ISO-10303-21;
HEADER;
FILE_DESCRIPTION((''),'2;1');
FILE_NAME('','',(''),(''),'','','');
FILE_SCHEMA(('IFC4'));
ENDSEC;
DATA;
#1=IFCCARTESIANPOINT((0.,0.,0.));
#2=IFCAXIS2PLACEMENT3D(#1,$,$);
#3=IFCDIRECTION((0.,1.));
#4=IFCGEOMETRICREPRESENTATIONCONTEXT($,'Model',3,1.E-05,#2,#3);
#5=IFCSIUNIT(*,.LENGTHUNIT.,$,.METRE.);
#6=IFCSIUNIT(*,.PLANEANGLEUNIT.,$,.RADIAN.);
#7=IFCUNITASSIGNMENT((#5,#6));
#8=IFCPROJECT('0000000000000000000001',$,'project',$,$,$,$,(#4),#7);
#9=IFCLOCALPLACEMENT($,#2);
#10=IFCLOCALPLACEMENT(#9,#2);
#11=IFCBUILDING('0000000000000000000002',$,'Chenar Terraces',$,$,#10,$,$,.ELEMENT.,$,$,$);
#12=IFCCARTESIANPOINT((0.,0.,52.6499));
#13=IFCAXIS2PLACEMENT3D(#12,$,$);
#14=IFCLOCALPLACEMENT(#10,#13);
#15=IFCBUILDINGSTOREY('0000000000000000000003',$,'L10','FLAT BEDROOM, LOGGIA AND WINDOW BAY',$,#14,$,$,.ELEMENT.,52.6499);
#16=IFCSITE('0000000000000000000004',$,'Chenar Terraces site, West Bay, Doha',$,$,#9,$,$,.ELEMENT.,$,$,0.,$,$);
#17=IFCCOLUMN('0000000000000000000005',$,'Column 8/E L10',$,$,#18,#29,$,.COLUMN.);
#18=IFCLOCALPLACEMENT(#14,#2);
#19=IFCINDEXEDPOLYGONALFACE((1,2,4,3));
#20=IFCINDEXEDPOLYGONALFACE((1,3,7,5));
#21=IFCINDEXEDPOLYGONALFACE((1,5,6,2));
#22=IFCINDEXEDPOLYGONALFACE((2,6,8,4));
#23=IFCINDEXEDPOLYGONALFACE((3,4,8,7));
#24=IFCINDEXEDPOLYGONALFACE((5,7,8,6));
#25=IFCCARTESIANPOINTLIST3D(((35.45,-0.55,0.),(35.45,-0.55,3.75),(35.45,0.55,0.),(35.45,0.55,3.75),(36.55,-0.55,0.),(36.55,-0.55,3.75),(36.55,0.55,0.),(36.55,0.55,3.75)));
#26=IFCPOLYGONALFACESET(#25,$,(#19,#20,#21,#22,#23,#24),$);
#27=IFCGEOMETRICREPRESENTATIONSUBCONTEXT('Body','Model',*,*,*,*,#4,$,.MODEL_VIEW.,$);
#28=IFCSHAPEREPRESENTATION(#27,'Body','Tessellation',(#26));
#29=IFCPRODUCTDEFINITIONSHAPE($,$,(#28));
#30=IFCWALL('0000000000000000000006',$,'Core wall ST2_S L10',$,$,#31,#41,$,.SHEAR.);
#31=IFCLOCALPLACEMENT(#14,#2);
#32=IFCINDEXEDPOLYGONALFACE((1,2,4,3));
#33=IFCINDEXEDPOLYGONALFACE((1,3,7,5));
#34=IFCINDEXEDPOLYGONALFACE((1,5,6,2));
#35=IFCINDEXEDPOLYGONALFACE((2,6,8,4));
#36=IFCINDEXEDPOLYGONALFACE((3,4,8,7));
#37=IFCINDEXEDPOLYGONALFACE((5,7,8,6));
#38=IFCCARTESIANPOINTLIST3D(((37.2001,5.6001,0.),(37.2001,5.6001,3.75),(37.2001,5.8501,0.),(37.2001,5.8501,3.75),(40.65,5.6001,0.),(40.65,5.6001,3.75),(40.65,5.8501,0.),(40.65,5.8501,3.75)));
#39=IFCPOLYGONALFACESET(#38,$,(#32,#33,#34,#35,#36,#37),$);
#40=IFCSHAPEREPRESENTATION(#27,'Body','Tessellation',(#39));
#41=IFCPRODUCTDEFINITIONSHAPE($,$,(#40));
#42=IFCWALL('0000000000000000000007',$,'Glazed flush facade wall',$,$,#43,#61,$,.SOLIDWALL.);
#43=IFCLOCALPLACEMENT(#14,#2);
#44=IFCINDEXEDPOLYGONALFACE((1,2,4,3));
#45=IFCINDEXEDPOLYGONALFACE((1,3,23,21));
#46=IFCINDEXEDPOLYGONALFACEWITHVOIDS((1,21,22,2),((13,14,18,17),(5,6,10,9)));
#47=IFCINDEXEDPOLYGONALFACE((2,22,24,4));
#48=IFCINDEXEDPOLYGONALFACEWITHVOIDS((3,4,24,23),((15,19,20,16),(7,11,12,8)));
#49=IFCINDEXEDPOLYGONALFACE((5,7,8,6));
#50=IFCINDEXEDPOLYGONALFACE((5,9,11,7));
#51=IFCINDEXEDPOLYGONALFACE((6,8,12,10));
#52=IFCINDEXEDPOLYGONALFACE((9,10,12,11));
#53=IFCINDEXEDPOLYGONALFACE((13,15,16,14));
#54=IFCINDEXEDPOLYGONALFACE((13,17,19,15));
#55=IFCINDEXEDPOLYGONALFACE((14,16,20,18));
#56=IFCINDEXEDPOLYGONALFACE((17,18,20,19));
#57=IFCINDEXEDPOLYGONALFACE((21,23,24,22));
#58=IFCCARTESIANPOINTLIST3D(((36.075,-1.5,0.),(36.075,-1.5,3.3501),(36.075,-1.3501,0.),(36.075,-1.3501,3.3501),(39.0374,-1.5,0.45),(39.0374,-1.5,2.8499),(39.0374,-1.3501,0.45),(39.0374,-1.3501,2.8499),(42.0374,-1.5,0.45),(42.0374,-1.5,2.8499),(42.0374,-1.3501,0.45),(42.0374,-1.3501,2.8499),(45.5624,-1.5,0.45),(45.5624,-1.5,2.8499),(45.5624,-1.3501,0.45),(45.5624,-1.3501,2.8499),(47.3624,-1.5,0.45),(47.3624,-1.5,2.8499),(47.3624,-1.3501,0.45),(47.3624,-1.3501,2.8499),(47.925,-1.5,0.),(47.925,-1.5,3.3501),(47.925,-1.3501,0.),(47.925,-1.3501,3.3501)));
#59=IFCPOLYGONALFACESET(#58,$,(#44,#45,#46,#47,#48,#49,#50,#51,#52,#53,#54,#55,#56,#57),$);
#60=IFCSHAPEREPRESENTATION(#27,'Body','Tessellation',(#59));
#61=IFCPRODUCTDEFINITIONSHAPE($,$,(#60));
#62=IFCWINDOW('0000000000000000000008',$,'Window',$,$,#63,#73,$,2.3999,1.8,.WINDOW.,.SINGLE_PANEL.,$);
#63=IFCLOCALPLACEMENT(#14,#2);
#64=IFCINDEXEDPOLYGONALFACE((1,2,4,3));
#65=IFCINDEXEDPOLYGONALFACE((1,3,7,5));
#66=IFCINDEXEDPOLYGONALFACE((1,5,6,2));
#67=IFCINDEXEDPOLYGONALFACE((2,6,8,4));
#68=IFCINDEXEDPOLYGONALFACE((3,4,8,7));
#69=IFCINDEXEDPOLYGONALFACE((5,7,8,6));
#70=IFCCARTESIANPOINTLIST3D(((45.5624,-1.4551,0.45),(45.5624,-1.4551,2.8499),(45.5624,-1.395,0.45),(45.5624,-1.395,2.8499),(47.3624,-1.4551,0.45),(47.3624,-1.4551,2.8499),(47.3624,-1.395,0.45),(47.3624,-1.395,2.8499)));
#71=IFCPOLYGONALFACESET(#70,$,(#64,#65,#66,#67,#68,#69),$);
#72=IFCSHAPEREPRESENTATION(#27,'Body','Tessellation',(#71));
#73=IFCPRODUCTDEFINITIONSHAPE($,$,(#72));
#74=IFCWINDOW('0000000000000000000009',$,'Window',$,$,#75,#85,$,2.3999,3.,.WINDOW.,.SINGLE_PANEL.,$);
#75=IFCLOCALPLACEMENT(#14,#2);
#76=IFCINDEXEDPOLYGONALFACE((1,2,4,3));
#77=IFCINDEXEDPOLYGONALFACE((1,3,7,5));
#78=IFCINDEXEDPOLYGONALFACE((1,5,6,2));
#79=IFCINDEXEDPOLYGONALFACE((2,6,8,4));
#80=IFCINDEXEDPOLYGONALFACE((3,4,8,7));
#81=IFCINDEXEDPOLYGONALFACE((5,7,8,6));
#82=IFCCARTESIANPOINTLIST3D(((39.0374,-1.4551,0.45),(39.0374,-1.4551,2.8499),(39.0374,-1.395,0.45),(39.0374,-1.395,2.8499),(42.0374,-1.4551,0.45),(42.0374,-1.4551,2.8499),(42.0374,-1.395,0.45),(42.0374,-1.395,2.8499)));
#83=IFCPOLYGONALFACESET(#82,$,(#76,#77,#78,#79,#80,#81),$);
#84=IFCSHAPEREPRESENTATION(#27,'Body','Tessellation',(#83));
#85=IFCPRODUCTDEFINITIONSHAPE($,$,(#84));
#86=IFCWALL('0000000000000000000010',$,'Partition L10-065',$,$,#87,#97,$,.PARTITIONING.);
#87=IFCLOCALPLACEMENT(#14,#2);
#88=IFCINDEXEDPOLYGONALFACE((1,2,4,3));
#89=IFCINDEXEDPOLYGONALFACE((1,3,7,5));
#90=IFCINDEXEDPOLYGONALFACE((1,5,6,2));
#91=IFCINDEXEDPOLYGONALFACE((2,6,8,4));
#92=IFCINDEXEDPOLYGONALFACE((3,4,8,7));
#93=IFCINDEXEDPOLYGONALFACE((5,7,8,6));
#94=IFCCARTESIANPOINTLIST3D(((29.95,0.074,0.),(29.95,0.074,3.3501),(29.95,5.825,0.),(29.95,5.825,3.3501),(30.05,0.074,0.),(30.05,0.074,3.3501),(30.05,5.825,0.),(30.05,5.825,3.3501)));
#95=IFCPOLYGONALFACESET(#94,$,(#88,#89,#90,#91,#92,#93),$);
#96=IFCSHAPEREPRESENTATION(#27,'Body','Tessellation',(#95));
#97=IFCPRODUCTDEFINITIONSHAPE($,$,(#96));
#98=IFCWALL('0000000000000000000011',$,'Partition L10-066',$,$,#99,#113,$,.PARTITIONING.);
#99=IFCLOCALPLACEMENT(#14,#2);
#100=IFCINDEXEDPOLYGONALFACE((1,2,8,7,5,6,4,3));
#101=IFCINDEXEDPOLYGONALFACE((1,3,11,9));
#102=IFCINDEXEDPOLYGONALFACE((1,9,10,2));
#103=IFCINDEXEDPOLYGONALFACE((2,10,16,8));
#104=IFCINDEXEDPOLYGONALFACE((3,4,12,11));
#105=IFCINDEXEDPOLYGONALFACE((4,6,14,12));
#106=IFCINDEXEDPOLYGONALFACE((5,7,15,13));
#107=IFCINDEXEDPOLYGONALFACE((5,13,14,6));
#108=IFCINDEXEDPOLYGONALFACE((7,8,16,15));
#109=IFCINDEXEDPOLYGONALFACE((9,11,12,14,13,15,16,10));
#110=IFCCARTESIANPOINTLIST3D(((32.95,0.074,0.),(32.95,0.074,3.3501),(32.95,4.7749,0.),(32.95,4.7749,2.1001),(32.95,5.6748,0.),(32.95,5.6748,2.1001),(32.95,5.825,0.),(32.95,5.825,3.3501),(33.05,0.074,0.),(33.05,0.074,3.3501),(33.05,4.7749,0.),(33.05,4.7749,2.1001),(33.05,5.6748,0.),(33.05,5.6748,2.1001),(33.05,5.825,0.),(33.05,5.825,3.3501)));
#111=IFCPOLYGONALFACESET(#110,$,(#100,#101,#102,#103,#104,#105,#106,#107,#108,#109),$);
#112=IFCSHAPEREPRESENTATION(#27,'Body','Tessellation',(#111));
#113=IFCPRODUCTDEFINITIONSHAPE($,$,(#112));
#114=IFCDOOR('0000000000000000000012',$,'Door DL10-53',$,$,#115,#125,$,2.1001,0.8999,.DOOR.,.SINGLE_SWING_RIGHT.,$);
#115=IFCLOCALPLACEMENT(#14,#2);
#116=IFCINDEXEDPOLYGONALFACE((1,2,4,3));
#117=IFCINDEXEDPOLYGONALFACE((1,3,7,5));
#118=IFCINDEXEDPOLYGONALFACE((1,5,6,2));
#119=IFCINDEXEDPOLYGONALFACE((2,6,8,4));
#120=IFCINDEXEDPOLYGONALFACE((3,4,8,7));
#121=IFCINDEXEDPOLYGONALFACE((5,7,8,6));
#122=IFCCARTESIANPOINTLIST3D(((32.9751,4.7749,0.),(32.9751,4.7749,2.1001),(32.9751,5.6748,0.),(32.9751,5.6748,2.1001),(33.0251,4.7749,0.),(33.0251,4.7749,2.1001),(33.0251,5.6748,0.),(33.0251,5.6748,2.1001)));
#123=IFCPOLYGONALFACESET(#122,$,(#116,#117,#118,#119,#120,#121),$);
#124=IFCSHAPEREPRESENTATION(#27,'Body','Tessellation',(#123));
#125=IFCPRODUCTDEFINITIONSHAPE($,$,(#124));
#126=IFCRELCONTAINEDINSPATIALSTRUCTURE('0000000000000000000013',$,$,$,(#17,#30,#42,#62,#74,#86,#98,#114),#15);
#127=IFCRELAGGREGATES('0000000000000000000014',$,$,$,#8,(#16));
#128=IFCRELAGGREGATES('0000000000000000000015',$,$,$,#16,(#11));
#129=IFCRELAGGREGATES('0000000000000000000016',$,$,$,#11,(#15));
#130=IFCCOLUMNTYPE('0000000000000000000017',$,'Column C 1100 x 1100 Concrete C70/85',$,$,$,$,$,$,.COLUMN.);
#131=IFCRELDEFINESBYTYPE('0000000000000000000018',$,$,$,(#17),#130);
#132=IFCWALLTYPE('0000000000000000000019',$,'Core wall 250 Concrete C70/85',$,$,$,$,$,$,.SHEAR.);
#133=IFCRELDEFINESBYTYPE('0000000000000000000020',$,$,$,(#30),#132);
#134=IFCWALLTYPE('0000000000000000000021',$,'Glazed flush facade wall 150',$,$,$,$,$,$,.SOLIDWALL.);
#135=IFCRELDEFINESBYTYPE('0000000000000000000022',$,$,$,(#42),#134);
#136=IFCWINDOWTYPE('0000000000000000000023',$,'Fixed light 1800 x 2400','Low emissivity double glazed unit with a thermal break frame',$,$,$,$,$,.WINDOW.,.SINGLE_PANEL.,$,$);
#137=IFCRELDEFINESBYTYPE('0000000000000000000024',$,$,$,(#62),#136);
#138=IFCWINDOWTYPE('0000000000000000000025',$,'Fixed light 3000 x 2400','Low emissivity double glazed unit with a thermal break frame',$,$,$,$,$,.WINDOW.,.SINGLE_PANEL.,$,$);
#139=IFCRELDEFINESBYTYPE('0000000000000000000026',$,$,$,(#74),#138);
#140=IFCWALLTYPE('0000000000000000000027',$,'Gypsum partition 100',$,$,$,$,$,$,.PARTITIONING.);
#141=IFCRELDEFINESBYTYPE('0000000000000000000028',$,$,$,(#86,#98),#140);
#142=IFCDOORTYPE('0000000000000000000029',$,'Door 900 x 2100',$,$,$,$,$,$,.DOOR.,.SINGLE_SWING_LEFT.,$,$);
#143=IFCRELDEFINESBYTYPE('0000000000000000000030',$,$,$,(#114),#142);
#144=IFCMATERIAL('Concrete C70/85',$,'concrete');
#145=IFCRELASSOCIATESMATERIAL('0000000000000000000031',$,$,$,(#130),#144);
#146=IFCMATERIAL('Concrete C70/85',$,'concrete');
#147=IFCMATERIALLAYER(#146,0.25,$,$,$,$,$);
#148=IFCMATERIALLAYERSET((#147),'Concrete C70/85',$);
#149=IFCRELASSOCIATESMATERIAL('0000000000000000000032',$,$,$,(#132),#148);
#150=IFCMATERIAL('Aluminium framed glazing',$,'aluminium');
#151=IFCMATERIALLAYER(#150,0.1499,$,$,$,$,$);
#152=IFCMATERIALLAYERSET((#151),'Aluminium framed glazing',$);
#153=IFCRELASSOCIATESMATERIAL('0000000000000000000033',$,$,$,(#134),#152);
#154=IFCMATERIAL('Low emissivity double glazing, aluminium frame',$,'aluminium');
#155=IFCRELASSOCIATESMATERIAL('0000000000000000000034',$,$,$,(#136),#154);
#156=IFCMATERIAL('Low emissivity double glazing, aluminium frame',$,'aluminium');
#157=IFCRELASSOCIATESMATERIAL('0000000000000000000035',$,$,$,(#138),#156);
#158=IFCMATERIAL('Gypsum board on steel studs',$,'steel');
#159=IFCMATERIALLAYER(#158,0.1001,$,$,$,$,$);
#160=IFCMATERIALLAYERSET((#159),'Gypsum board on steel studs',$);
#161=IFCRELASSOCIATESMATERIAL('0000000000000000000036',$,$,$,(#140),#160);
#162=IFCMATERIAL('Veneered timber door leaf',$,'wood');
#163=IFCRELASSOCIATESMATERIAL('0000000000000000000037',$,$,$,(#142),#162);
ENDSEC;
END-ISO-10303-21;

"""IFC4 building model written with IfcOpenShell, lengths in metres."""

from ifc_helpers import new_model, si_unit, direction, frame, frame_2d, origin, origin_2d, place, context, subcontext, project, spatial, rectangle, extrude, material, layer, layer_set, material_profile, profile_set, type_object, element, fill, save


model = new_model("IFC4")

# Units and contexts
model_context = context("Model", 3, precision=1e-05, world=origin(), true_north=direction((0.0, 1.0)))
body_context = subcontext(model_context, "Body", "Model", "MODEL_VIEW")
ifc_project = project(units=[si_unit("LENGTHUNIT", "METRE"), si_unit("PLANEANGLEUNIT", "RADIAN")], contexts=[model_context])

# Site, building, storey
site_placement = place(None, origin())
site = spatial("IfcSite", under=ifc_project, at=site_placement, Name="Chenar Terraces site, West Bay, Doha", CompositionType="ELEMENT", RefElevation=0.0)
building_placement = place(site_placement, origin())
building = spatial("IfcBuilding", under=site, at=building_placement, Name="Chenar Terraces", CompositionType="ELEMENT")
storey_placement = place(building_placement, frame((0.0, 0.0, 52.6499)))
storey = spatial("IfcBuildingStorey", under=building, at=storey_placement, Name="L10", Description="FLAT BEDROOM, LOGGIA AND WINDOW BAY", CompositionType="ELEMENT", Elevation=52.6499)

# Column
ifc_material_1 = material(Name="Concrete C70/85", Category="concrete")
ifc_material_profile = material_profile(ifc_material_1, rectangle(XDim=1.1001, YDim=1.1001, at=origin_2d()), Name="C 1100 x 1100")
ifc_profile_set = profile_set([ifc_material_profile], Name="Concrete C70/85")
column_type = type_object("IfcColumnType", Name="Column C 1100 x 1100 Concrete C70/85", PredefinedType="COLUMN", material=ifc_profile_set)
column_placement = place(storey_placement, frame((36.0, 0.0, 0.0), z_axis=(0.0, 0.0, 1.0), x_axis=(1.0, 0.0, 0.0)))
element("IfcColumn", 1, at=column_placement, inside=storey, type_object=column_type, Name="Column 8/E L10", PredefinedType="COLUMN", context=body_context, shape_type="SweptSolid", body=[
    extrude(rectangle(XDim=1.1001, YDim=1.1001, at=origin_2d()), origin(), (0.0, 0.0, 1.0), 3.75),
])

# Wall
ifc_material_2 = material(Name="Concrete C70/85", Category="concrete")
ifc_layer_1 = layer(ifc_material_2, 0.25)
ifc_layer_set_1 = layer_set([ifc_layer_1], Name="Concrete C70/85")
wall_type_1 = type_object("IfcWallType", Name="Core wall 250 Concrete C70/85", PredefinedType="SHEAR", material=ifc_layer_set_1)
wall_1_placement = place(storey_placement, frame((37.2, 5.7251, 0.0), z_axis=(0.0, 0.0, 1.0), x_axis=(1.0, 0.0, 0.0)))
element("IfcWall", 2, at=wall_1_placement, inside=storey, type_object=wall_type_1, Name="Core wall ST2_S L10", PredefinedType="SHEAR", context=body_context, shape_type="SweptSolid", body=[
    extrude(rectangle(XDim=3.45, YDim=0.25, at=frame_2d((1.7251, 0.0))), origin(), (0.0, 0.0, 1.0), 3.75),
])

# Wall, openings, windows
ifc_material_3 = material(Name="Aluminium framed glazing", Category="aluminium")
ifc_layer_2 = layer(ifc_material_3, 0.1499)
ifc_layer_set_2 = layer_set([ifc_layer_2], Name="Aluminium framed glazing")
wall_type_2 = type_object("IfcWallType", Name="Glazed flush facade wall 150", PredefinedType="SOLIDWALL", material=ifc_layer_set_2)
wall_2_placement = place(storey_placement, frame((36.075, -1.425, 0.0), z_axis=(0.0, 0.0, 1.0), x_axis=(1.0, 0.0, 0.0)))
wall_2 = element("IfcWall", 3, at=wall_2_placement, inside=storey, type_object=wall_type_2, Name="Glazed flush facade wall", PredefinedType="SOLIDWALL", context=body_context, shape_type="SweptSolid", body=[
    extrude(rectangle(XDim=11.8501, YDim=0.1499, at=frame_2d((5.925, 0.0))), origin(), (0.0, 0.0, 1.0), 3.3501),
])
opening_1_placement = place(wall_2_placement, frame((2.9624, 0.0, 0.45)))
opening_1 = element("IfcOpeningElement", 4, at=opening_1_placement, cuts=wall_2, PredefinedType="OPENING", context=body_context, shape_type="SweptSolid", body=[
    extrude(rectangle(XDim=3.0, YDim=2.3999, at=frame_2d((1.5, 1.2))), frame((0.0, 0.085, 0.0), z_axis=(0.0, -1.0, 0.0), x_axis=(1.0, 0.0, 0.0)), (0.0, 0.0, 1.0), 0.1699),
])
opening_2_placement = place(wall_2_placement, frame((9.4875, 0.0, 0.45)))
opening_2 = element("IfcOpeningElement", 5, at=opening_2_placement, cuts=wall_2, PredefinedType="OPENING", context=body_context, shape_type="SweptSolid", body=[
    extrude(rectangle(XDim=1.8, YDim=2.3999, at=frame_2d((0.8999, 1.2))), frame((0.0, 0.085, 0.0), z_axis=(0.0, -1.0, 0.0), x_axis=(1.0, 0.0, 0.0)), (0.0, 0.0, 1.0), 0.1699),
])
ifc_material_4 = material(Name="Low emissivity double glazing, aluminium frame", Category="aluminium")
window_type_1 = type_object("IfcWindowType", Name="Fixed light 1800 x 2400", Description="Low emissivity double glazed unit with a thermal break frame", PartitioningType="SINGLE_PANEL", PredefinedType="WINDOW", material=ifc_material_4)
window_1_placement = place(opening_2_placement, origin())
window_1 = element("IfcWindow", 6, at=window_1_placement, inside=storey, type_object=window_type_1, Name="Window", OverallHeight=2.3999, OverallWidth=1.8, PartitioningType="SINGLE_PANEL", PredefinedType="WINDOW", context=body_context, shape_type="SweptSolid", body=[
    extrude(rectangle(XDim=1.8, YDim=2.3999, at=frame_2d((0.8999, 1.2))), frame((0.0, 0.03, 0.0), z_axis=(0.0, -1.0, 0.0), x_axis=(1.0, 0.0, 0.0)), (0.0, 0.0, 1.0), 0.0601),
])
fill(opening_2, window_1)
ifc_material_5 = material(Name="Low emissivity double glazing, aluminium frame", Category="aluminium")
window_type_2 = type_object("IfcWindowType", Name="Fixed light 3000 x 2400", Description="Low emissivity double glazed unit with a thermal break frame", PartitioningType="SINGLE_PANEL", PredefinedType="WINDOW", material=ifc_material_5)
window_2_placement = place(opening_1_placement, origin())
window_2 = element("IfcWindow", 7, at=window_2_placement, inside=storey, type_object=window_type_2, Name="Window", OverallHeight=2.3999, OverallWidth=3.0, PartitioningType="SINGLE_PANEL", PredefinedType="WINDOW", context=body_context, shape_type="SweptSolid", body=[
    extrude(rectangle(XDim=3.0, YDim=2.3999, at=frame_2d((1.5, 1.2))), frame((0.0, 0.03, 0.0), z_axis=(0.0, -1.0, 0.0), x_axis=(1.0, 0.0, 0.0)), (0.0, 0.0, 1.0), 0.0601),
])
fill(opening_1, window_2)

# Wall
ifc_material_6 = material(Name="Gypsum board on steel studs", Category="steel")
ifc_layer_3 = layer(ifc_material_6, 0.1001)
ifc_layer_set_3 = layer_set([ifc_layer_3], Name="Gypsum board on steel studs")
wall_type_3 = type_object("IfcWallType", Name="Gypsum partition 100", PredefinedType="PARTITIONING", material=ifc_layer_set_3)
wall_3_placement = place(storey_placement, frame((30.0, 0.074, 0.0), z_axis=(0.0, 0.0, 1.0), x_axis=(0.0, 1.0, 0.0)))
element("IfcWall", 8, at=wall_3_placement, inside=storey, type_object=wall_type_3, Name="Partition L10-065", PredefinedType="PARTITIONING", context=body_context, shape_type="SweptSolid", body=[
    extrude(rectangle(XDim=5.751, YDim=0.1001, at=frame_2d((2.8755, 0.0))), origin(), (0.0, 0.0, 1.0), 3.3501),
])

# Wall, opening, door
wall_4_placement = place(storey_placement, frame((33.0, 0.074, 0.0), z_axis=(0.0, 0.0, 1.0), x_axis=(0.0, 1.0, 0.0)))
wall_4 = element("IfcWall", 9, at=wall_4_placement, inside=storey, type_object=wall_type_3, Name="Partition L10-066", PredefinedType="PARTITIONING", context=body_context, shape_type="SweptSolid", body=[
    extrude(rectangle(XDim=5.751, YDim=0.1001, at=frame_2d((2.8755, 0.0))), origin(), (0.0, 0.0, 1.0), 3.3501),
])
opening_3_placement = place(wall_4_placement, frame((4.7009, 0.0, 0.0)))
opening_3 = element("IfcOpeningElement", 10, at=opening_3_placement, cuts=wall_4, PredefinedType="OPENING", context=body_context, shape_type="SweptSolid", body=[
    extrude(rectangle(XDim=0.8999, YDim=2.1001, at=frame_2d((0.45, 1.05))), frame((0.0, 0.0601, 0.0), z_axis=(0.0, -1.0, 0.0), x_axis=(1.0, 0.0, 0.0)), (0.0, 0.0, 1.0), 0.1201),
])
ifc_material_7 = material(Name="Veneered timber door leaf", Category="wood")
door_type = type_object("IfcDoorType", Name="Door 900 x 2100", OperationType="SINGLE_SWING_LEFT", PredefinedType="DOOR", material=ifc_material_7)
door_1_placement = place(opening_3_placement, origin())
door_1 = element("IfcDoor", 11, at=door_1_placement, inside=storey, type_object=door_type, Name="Door DL10-53", OperationType="SINGLE_SWING_RIGHT", OverallHeight=2.1001, OverallWidth=0.8999, PredefinedType="DOOR", context=body_context, shape_type="SweptSolid", body=[
    extrude(rectangle(XDim=0.8999, YDim=2.1001, at=frame_2d((0.45, 1.05))), frame((0.0, 0.0249, 0.0), z_axis=(0.0, -1.0, 0.0), x_axis=(1.0, 0.0, 0.0)), (0.0, 0.0, 1.0), 0.05),
])
fill(opening_3, door_1)

save(model, "model.ifc")
